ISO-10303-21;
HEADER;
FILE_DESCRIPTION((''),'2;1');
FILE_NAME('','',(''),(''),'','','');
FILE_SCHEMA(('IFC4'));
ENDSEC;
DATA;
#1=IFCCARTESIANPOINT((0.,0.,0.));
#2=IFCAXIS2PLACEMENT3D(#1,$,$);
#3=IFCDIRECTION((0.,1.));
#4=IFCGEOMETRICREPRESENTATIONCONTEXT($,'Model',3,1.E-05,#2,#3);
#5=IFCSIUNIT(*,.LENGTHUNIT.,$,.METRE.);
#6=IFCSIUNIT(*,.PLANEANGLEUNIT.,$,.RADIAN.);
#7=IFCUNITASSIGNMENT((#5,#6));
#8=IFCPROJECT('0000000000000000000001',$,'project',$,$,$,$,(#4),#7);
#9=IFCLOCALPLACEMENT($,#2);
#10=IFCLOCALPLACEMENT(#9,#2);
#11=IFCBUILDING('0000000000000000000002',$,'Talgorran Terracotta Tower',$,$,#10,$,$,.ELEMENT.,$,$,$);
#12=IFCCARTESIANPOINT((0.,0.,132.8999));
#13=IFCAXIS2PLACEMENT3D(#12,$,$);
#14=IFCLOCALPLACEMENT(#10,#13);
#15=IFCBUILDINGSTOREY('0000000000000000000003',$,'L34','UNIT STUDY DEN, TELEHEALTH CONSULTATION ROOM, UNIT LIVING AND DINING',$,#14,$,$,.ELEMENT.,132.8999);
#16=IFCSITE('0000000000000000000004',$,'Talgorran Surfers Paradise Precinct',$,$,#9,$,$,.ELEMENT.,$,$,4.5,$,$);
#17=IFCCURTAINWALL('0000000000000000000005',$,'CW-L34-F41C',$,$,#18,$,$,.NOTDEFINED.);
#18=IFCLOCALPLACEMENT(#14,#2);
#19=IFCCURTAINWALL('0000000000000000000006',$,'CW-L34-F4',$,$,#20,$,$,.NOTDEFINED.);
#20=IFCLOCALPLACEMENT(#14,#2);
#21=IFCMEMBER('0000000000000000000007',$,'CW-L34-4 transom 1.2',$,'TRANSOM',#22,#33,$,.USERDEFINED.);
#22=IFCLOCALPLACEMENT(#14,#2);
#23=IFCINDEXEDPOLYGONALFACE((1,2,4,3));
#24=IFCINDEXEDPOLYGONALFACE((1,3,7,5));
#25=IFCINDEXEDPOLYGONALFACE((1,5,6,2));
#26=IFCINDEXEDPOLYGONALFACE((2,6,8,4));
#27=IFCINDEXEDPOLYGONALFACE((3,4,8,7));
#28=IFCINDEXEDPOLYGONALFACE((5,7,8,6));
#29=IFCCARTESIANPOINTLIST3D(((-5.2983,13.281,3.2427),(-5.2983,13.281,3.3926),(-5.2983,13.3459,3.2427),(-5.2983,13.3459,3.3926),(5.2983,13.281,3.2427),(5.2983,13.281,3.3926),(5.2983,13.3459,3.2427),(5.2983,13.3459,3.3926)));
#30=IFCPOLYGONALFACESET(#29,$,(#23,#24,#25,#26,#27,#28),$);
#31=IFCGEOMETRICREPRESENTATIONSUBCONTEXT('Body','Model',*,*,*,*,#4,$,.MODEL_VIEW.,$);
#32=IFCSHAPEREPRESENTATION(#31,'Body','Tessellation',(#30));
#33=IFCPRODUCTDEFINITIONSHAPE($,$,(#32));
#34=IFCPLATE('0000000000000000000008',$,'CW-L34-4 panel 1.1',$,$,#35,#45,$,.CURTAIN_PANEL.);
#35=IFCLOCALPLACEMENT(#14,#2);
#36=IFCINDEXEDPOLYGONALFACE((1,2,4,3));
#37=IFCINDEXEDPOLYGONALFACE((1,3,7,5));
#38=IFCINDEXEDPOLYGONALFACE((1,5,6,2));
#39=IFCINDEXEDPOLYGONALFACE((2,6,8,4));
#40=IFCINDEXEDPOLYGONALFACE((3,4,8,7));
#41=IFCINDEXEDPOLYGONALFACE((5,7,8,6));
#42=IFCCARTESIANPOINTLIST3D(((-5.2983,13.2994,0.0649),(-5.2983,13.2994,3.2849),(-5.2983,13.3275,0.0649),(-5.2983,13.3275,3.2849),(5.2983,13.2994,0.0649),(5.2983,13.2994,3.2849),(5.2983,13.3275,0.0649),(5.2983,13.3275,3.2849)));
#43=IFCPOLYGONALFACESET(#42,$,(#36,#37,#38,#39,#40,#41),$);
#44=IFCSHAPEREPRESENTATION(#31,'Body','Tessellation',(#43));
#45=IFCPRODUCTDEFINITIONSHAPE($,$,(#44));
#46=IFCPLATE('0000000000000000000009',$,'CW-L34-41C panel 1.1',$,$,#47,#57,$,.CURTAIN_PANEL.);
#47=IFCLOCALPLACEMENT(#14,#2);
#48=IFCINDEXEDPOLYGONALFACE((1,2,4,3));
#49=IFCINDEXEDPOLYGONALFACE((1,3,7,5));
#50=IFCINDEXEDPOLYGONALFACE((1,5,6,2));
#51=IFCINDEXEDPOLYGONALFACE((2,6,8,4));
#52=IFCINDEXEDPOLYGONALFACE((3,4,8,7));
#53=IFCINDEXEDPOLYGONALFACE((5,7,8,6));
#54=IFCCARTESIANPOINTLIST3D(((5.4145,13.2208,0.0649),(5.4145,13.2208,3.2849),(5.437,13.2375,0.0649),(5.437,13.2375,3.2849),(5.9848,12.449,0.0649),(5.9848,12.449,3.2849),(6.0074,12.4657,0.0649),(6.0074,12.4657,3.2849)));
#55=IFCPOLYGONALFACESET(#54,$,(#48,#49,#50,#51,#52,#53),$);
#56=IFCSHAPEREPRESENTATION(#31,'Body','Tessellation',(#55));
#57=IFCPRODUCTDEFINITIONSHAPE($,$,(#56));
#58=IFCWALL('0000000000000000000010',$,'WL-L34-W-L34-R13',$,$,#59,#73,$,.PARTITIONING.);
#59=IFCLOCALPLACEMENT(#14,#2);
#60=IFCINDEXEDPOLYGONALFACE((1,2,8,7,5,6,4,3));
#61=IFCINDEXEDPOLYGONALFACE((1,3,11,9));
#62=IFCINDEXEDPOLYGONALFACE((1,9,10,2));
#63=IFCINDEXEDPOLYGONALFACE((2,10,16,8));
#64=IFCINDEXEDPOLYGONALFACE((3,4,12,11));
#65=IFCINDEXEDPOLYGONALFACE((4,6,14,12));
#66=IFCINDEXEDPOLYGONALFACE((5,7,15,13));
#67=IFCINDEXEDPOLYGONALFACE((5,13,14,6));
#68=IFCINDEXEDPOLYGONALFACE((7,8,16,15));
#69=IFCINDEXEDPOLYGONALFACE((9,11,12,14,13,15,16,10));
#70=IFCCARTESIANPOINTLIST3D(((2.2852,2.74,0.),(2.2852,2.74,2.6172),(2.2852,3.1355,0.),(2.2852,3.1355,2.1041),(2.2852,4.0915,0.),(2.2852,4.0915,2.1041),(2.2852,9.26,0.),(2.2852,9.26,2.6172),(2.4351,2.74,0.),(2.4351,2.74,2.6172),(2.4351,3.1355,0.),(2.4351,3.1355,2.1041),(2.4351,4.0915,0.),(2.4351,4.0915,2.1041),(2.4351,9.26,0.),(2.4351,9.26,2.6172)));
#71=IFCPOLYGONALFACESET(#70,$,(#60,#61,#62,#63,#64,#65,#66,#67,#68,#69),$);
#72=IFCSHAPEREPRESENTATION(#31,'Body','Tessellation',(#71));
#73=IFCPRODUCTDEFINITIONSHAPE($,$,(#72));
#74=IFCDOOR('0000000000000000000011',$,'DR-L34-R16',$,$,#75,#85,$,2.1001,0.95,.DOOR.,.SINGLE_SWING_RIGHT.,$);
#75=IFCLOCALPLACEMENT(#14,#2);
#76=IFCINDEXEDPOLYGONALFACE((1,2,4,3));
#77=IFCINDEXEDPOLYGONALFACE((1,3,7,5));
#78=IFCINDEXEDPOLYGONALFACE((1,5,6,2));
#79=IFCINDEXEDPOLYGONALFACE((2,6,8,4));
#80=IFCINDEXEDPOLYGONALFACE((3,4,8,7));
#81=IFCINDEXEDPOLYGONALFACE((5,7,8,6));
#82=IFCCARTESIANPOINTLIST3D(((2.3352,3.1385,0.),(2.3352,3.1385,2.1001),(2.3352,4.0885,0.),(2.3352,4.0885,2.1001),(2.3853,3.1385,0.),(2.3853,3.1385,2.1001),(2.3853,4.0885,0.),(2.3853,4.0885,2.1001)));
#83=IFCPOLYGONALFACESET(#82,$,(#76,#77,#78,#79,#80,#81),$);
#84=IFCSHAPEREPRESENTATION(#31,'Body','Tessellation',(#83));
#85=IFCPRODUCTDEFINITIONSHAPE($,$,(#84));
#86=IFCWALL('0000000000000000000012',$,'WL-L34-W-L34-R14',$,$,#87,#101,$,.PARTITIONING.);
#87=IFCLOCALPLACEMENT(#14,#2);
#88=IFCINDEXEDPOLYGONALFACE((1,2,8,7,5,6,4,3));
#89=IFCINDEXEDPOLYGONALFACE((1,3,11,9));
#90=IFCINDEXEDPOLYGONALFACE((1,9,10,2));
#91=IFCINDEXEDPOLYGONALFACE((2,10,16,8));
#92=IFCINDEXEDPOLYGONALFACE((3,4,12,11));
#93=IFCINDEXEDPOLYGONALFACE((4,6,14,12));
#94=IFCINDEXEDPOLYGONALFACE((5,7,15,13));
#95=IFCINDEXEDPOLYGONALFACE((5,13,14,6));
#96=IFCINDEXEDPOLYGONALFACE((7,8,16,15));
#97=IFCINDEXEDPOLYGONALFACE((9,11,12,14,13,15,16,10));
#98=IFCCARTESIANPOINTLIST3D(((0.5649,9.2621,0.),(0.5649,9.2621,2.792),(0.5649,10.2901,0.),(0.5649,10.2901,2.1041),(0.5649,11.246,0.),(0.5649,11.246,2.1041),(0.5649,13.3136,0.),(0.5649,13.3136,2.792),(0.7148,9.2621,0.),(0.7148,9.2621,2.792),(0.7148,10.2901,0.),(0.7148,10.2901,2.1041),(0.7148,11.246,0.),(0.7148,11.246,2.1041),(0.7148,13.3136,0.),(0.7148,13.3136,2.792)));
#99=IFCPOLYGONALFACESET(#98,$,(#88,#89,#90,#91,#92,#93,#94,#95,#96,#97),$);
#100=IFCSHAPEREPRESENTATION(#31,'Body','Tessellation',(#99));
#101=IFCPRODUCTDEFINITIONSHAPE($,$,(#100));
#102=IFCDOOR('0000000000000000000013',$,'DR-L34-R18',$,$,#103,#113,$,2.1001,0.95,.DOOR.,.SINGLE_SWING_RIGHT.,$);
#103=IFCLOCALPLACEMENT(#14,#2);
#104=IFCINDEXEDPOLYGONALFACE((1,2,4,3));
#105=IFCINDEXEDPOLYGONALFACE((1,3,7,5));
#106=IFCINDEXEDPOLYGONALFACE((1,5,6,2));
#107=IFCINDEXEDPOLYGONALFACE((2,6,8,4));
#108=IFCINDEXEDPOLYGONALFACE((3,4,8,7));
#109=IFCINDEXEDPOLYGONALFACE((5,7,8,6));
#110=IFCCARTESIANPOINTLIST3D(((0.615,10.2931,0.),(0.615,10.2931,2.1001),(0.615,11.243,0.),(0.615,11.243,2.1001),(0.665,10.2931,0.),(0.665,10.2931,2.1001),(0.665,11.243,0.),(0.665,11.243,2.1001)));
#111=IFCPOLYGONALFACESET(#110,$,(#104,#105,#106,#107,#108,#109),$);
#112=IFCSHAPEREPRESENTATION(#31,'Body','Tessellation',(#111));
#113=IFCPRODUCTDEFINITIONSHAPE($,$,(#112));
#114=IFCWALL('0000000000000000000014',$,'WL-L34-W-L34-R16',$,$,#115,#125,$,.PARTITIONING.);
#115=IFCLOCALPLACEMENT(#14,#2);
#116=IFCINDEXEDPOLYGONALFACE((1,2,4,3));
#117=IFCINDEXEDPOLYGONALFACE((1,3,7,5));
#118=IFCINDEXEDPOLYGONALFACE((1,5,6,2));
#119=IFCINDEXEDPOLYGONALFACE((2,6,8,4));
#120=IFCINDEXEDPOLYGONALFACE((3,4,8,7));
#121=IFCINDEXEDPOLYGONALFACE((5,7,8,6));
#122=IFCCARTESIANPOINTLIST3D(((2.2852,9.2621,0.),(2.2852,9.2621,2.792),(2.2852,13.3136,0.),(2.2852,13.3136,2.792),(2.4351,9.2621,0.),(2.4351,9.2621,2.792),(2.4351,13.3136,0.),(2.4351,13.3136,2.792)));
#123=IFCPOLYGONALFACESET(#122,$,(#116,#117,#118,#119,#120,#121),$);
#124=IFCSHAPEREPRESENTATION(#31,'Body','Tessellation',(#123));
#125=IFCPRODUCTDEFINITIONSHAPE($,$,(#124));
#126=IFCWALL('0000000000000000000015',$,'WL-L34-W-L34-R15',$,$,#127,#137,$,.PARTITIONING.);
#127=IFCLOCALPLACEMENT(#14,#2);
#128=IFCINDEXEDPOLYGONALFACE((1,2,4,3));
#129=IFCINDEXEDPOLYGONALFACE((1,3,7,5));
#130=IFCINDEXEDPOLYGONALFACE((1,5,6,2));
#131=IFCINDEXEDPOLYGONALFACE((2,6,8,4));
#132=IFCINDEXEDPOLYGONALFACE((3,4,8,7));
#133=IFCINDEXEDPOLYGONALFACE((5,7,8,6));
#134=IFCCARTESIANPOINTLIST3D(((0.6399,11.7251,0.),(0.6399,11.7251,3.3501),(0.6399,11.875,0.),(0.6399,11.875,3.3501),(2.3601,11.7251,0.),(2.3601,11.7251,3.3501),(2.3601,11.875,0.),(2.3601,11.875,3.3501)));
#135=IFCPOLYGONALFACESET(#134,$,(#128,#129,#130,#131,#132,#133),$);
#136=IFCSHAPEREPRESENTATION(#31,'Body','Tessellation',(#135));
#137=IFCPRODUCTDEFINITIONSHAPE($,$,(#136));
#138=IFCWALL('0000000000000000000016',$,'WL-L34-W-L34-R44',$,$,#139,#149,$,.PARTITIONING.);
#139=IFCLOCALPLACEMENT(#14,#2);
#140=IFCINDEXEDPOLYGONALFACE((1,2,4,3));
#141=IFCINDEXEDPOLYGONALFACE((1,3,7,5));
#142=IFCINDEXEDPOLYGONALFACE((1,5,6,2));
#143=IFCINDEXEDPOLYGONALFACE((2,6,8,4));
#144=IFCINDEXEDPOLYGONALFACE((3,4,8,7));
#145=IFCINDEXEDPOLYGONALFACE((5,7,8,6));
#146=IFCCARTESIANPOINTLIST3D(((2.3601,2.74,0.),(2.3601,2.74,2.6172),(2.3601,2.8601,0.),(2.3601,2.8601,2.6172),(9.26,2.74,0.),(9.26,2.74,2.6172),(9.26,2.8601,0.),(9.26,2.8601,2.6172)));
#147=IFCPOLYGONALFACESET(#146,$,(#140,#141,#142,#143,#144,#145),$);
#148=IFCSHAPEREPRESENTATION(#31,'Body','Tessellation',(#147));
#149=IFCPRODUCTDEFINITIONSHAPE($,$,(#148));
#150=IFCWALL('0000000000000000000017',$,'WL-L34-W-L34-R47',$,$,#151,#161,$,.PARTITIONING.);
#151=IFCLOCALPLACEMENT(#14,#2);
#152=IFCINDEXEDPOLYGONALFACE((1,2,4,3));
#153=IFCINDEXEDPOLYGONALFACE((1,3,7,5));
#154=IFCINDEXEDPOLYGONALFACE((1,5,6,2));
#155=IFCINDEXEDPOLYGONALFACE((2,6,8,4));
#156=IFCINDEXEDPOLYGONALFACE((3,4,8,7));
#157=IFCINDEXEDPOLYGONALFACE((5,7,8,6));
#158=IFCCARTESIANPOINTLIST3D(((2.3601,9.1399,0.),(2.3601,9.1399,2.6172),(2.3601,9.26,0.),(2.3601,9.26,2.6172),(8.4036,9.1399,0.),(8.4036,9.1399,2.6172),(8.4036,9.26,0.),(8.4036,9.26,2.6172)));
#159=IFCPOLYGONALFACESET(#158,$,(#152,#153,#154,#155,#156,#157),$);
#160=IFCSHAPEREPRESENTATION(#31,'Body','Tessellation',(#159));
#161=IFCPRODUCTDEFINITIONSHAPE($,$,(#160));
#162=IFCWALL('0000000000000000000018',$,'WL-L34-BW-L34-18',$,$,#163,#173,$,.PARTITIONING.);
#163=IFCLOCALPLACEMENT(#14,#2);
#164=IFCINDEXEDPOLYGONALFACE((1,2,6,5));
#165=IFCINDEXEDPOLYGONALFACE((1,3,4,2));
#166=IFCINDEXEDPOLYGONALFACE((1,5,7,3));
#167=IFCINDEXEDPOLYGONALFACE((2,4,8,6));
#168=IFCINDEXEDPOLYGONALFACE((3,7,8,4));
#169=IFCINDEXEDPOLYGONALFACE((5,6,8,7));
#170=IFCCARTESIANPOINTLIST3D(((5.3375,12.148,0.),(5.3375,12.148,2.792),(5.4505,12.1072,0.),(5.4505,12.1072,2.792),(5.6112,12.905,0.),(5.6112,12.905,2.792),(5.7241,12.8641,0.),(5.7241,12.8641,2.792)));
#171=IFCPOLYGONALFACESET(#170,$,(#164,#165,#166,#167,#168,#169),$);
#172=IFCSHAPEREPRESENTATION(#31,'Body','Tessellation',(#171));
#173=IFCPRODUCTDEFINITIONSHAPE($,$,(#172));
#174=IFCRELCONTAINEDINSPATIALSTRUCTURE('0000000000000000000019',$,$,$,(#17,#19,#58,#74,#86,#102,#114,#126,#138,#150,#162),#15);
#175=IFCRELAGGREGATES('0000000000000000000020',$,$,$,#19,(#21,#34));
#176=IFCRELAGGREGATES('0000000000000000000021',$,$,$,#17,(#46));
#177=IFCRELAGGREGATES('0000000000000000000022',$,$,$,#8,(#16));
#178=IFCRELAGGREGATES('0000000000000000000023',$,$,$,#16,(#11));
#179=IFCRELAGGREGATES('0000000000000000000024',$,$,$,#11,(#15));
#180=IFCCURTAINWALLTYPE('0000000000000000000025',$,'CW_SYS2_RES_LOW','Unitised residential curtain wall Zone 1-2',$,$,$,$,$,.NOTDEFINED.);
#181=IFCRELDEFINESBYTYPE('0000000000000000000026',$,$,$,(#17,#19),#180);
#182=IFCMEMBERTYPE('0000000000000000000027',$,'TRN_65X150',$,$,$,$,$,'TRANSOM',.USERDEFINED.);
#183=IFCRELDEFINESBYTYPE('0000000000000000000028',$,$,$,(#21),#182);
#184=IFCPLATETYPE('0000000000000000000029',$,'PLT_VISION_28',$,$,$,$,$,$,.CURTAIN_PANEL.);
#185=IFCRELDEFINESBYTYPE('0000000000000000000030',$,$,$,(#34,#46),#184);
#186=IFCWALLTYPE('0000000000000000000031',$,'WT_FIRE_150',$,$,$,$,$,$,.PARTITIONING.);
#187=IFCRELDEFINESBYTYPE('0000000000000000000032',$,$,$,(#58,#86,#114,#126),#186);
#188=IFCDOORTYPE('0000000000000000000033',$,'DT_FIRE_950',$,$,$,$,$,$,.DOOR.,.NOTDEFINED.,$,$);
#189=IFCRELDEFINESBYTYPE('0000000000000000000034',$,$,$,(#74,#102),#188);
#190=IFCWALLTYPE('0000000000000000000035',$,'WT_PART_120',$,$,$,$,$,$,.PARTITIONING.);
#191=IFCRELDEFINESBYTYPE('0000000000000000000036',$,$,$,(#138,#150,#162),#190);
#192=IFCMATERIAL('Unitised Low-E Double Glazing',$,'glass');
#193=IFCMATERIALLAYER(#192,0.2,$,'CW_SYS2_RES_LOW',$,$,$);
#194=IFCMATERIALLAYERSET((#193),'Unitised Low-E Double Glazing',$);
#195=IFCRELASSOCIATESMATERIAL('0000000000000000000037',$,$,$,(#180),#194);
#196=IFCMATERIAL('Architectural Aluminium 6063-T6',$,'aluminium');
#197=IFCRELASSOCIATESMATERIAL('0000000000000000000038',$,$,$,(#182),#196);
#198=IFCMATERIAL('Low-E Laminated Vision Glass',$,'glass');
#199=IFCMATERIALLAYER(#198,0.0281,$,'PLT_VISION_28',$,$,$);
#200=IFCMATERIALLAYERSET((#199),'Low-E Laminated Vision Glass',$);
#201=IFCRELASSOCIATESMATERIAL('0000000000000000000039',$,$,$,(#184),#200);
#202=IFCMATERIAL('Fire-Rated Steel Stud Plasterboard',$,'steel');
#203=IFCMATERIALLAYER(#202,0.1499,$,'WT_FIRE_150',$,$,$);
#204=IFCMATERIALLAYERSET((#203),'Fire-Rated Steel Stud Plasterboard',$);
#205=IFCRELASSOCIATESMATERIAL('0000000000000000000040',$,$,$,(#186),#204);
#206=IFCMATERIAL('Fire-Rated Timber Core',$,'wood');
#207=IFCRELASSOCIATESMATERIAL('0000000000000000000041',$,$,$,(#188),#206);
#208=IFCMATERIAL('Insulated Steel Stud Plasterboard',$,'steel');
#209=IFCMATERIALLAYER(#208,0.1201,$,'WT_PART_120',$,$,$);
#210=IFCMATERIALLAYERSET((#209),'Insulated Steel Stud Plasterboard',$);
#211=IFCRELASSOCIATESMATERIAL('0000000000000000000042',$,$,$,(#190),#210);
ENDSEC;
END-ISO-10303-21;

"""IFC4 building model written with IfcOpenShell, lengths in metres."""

from ifc_helpers import new_model, si_unit, direction, frame, frame_2d, origin, origin_2d, place, context, subcontext, project, spatial, rectangle, extrude, source, transform, mapped, material, layer, layer_set, material_profile, profile_set, type_object, type_shapes, element, fill, aggregate, save


model = new_model("IFC4")

# Units and contexts
model_context = context("Model", 3, precision=1e-05, world=origin(), true_north=direction((0.0, 1.0)))
body_context = subcontext(model_context, "Body", "Model", "MODEL_VIEW")
ifc_project = project(units=[si_unit("LENGTHUNIT", "METRE"), si_unit("PLANEANGLEUNIT", "RADIAN")], contexts=[model_context])

# Site, building, storey
site_placement = place(None, origin())
site = spatial("IfcSite", under=ifc_project, at=site_placement, Name="Talgorran Surfers Paradise Precinct", CompositionType="ELEMENT", RefElevation=4.5)
building_placement = place(site_placement, origin())
building = spatial("IfcBuilding", under=site, at=building_placement, Name="Talgorran Terracotta Tower", CompositionType="ELEMENT")
storey_placement = place(building_placement, frame((0.0, 0.0, 132.8999)))
storey = spatial("IfcBuildingStorey", under=building, at=storey_placement, Name="L34", Description="UNIT STUDY DEN, TELEHEALTH CONSULTATION ROOM, UNIT LIVING AND DINING", CompositionType="ELEMENT", Elevation=132.8999)

# Curtain walls
ifc_material_1 = material(Name="Unitised Low-E Double Glazing", Category="glass")
ifc_layer_1 = layer(ifc_material_1, 0.2, Name="CW_SYS2_RES_LOW")
ifc_layer_set_1 = layer_set([ifc_layer_1], Name="Unitised Low-E Double Glazing")
curtain_wall_type = type_object("IfcCurtainWallType", Name="CW_SYS2_RES_LOW", Description="Unitised residential curtain wall Zone 1-2", PredefinedType="NOTDEFINED", material=ifc_layer_set_1)
curtain_wall_1_placement = place(storey_placement, origin())
curtain_wall_1 = element("IfcCurtainWall", 1, at=curtain_wall_1_placement, inside=storey, type_object=curtain_wall_type, Name="CW-L34-F41C", PredefinedType="NOTDEFINED")
ifc_material_2 = material(Name="Architectural Aluminium 6063-T6", Category="aluminium")
curtain_wall_2_placement = place(storey_placement, origin())
curtain_wall_2 = element("IfcCurtainWall", 2, at=curtain_wall_2_placement, inside=storey, type_object=curtain_wall_type, Name="CW-L34-F4", PredefinedType="NOTDEFINED")

# Member
ifc_material_profile_1 = material_profile(ifc_material_2, rectangle(XDim=0.0649, YDim=0.1499, at=origin_2d()), Name="CWT65X150")
ifc_profile_set_1 = profile_set([ifc_material_profile_1], Name="Architectural Aluminium 6063-T6")
member_type_1 = type_object("IfcMemberType", Name="TRN_65X150", ElementType="TRANSOM", PredefinedType="USERDEFINED", material=ifc_profile_set_1)
member_1_placement = place(storey_placement, frame((5.2983, 13.3135, 3.3176), z_axis=(-1.0, 0.0, 0.0), x_axis=(0.0, -1.0, 0.0)))
member_1 = element("IfcMember", 3, at=member_1_placement, type_object=member_type_1, Name="CW-L34-4 transom 1.2", ObjectType="TRANSOM", PredefinedType="USERDEFINED", context=body_context, shape_type="SweptSolid", body=[
    extrude(rectangle(XDim=0.0649, YDim=0.1499, at=origin_2d()), origin(), (0.0, 0.0, 1.0), 10.5967),
])

# Plates
ifc_material_3 = material(Name="Low-E Laminated Vision Glass", Category="glass")
ifc_layer_2 = layer(ifc_material_3, 0.0281, Name="PLT_VISION_28")
ifc_layer_set_2 = layer_set([ifc_layer_2], Name="Low-E Laminated Vision Glass")
plate_type = type_object("IfcPlateType", Name="PLT_VISION_28", PredefinedType="CURTAIN_PANEL", material=ifc_layer_set_2)
shared_shape_1 = source(origin(), body_context, "Body", "SweptSolid", [
    extrude(rectangle(XDim=10.5967, YDim=0.0281, at=origin_2d()), origin(), (0.0, 0.0, 1.0), 3.22),
])
plate_1_placement = place(storey_placement, frame((0.0, 13.3135, 0.0649), z_axis=(0.0, 0.0, 1.0), x_axis=(-1.0, 0.0, 0.0)))
plate_1 = element("IfcPlate", 4, at=plate_1_placement, type_object=plate_type, Name="CW-L34-4 panel 1.1", PredefinedType="CURTAIN_PANEL", context=body_context, shape_type="MappedRepresentation", body=[
    mapped(shared_shape_1, transform((0.0, 0.0, 0.0), scale=1.0)),
])
aggregate(curtain_wall_2, [member_1, plate_1])
shared_shape_2 = source(origin(), body_context, "Body", "SweptSolid", [
    extrude(rectangle(XDim=0.9597, YDim=0.0281, at=origin_2d()), origin(), (0.0, 0.0, 1.0), 3.22),
])
type_shapes(plate_type, [shared_shape_1, shared_shape_2])
plate_2_placement = place(storey_placement, frame((5.7109, 12.8433, 0.0649), z_axis=(0.0, 0.0, 1.0), x_axis=(-0.594332, 0.80422, 0.0)))
plate_2 = element("IfcPlate", 5, at=plate_2_placement, type_object=plate_type, Name="CW-L34-41C panel 1.1", PredefinedType="CURTAIN_PANEL", context=body_context, shape_type="MappedRepresentation", body=[
    mapped(shared_shape_2, transform((0.0, 0.0, 0.0), scale=1.0)),
])
aggregate(curtain_wall_1, [plate_2])

# Walls, openings, doors
ifc_material_4 = material(Name="Fire-Rated Steel Stud Plasterboard", Category="steel")
ifc_layer_3 = layer(ifc_material_4, 0.1499, Name="WT_FIRE_150")
ifc_layer_set_3 = layer_set([ifc_layer_3], Name="Fire-Rated Steel Stud Plasterboard")
wall_type_1 = type_object("IfcWallType", Name="WT_FIRE_150", PredefinedType="PARTITIONING", material=ifc_layer_set_3)
wall_1_placement = place(storey_placement, frame((2.3601, 2.74, 0.0), z_axis=(0.0, 0.0, 1.0), x_axis=(0.0, 1.0, 0.0)))
wall_1 = element("IfcWall", 6, at=wall_1_placement, inside=storey, type_object=wall_type_1, Name="WL-L34-W-L34-R13", PredefinedType="PARTITIONING", context=body_context, shape_type="SweptSolid", body=[
    extrude(rectangle(XDim=6.52, YDim=0.1499, at=frame_2d((3.26, 0.0))), origin(), (0.0, 0.0, 1.0), 2.6172),
])
opening_1_placement = place(wall_1_placement, frame((0.3984, 0.0, 0.0)))
opening_1 = element("IfcOpeningElement", 7, at=opening_1_placement, cuts=wall_1, PredefinedType="OPENING", context=body_context, shape_type="SweptSolid", body=[
    extrude(rectangle(XDim=0.956, YDim=2.1041, at=frame_2d((0.4751, 1.052))), frame((0.0, 0.085, 0.0), z_axis=(0.0, -1.0, 0.0), x_axis=(1.0, 0.0, 0.0)), (0.0, 0.0, 1.0), 0.1699),
])
ifc_material_5 = material(Name="Fire-Rated Timber Core", Category="wood")
door_type = type_object("IfcDoorType", Name="DT_FIRE_950", OperationType="NOTDEFINED", PredefinedType="DOOR", material=ifc_material_5)
door_1_placement = place(opening_1_placement, origin())
door_1 = element("IfcDoor", 8, at=door_1_placement, inside=storey, type_object=door_type, Name="DR-L34-R16", OperationType="SINGLE_SWING_RIGHT", OverallHeight=2.1001, OverallWidth=0.95, PredefinedType="DOOR", context=body_context, shape_type="SweptSolid", body=[
    extrude(rectangle(XDim=0.95, YDim=2.1001, at=frame_2d((0.4751, 1.05))), frame((0.0, 0.0249, 0.0), z_axis=(0.0, -1.0, 0.0), x_axis=(1.0, 0.0, 0.0)), (0.0, 0.0, 1.0), 0.05),
])
fill(opening_1, door_1)
wall_2_placement = place(storey_placement, frame((0.6399, 9.262, 0.0), z_axis=(0.0, 0.0, 1.0), x_axis=(0.0, 1.0, 0.0)))
wall_2 = element("IfcWall", 9, at=wall_2_placement, inside=storey, type_object=wall_type_1, Name="WL-L34-W-L34-R14", PredefinedType="PARTITIONING", context=body_context, shape_type="SweptSolid", body=[
    extrude(rectangle(XDim=4.0515, YDim=0.1499, at=frame_2d((2.0259, 0.0))), origin(), (0.0, 0.0, 1.0), 2.792),
])
opening_2_placement = place(wall_2_placement, frame((1.031, 0.0, 0.0)))
opening_2 = element("IfcOpeningElement", 10, at=opening_2_placement, cuts=wall_2, PredefinedType="OPENING", context=body_context, shape_type="SweptSolid", body=[
    extrude(rectangle(XDim=0.956, YDim=2.1041, at=frame_2d((0.4751, 1.052))), frame((0.0, 0.085, 0.0), z_axis=(0.0, -1.0, 0.0), x_axis=(1.0, 0.0, 0.0)), (0.0, 0.0, 1.0), 0.1699),
])
door_2_placement = place(opening_2_placement, origin())
door_2 = element("IfcDoor", 11, at=door_2_placement, inside=storey, type_object=door_type, Name="DR-L34-R18", OperationType="SINGLE_SWING_RIGHT", OverallHeight=2.1001, OverallWidth=0.95, PredefinedType="DOOR", context=body_context, shape_type="SweptSolid", body=[
    extrude(rectangle(XDim=0.95, YDim=2.1001, at=frame_2d((0.4751, 1.05))), frame((0.0, 0.0249, 0.0), z_axis=(0.0, -1.0, 0.0), x_axis=(1.0, 0.0, 0.0)), (0.0, 0.0, 1.0), 0.05),
])
fill(opening_2, door_2)

# Walls
wall_3_placement = place(storey_placement, frame((2.3601, 9.262, 0.0), z_axis=(0.0, 0.0, 1.0), x_axis=(0.0, 1.0, 0.0)))
element("IfcWall", 12, at=wall_3_placement, inside=storey, type_object=wall_type_1, Name="WL-L34-W-L34-R16", PredefinedType="PARTITIONING", context=body_context, shape_type="SweptSolid", body=[
    extrude(rectangle(XDim=4.0515, YDim=0.1499, at=frame_2d((2.0259, 0.0))), origin(), (0.0, 0.0, 1.0), 2.792),
])
wall_4_placement = place(storey_placement, frame((0.6399, 11.8, 0.0), z_axis=(0.0, 0.0, 1.0), x_axis=(1.0, 0.0, 0.0)))
element("IfcWall", 13, at=wall_4_placement, inside=storey, type_object=wall_type_1, Name="WL-L34-W-L34-R15", PredefinedType="PARTITIONING", context=body_context, shape_type="SweptSolid", body=[
    extrude(rectangle(XDim=1.7202, YDim=0.1499, at=frame_2d((0.8601, 0.0))), origin(), (0.0, 0.0, 1.0), 3.3501),
])
ifc_material_6 = material(Name="Insulated Steel Stud Plasterboard", Category="steel")
ifc_layer_4 = layer(ifc_material_6, 0.1201, Name="WT_PART_120")
ifc_layer_set_4 = layer_set([ifc_layer_4], Name="Insulated Steel Stud Plasterboard")
wall_type_2 = type_object("IfcWallType", Name="WT_PART_120", PredefinedType="PARTITIONING", material=ifc_layer_set_4)
wall_5_placement = place(storey_placement, frame((2.3601, 2.8, 0.0), z_axis=(0.0, 0.0, 1.0), x_axis=(1.0, 0.0, 0.0)))
element("IfcWall", 14, at=wall_5_placement, inside=storey, type_object=wall_type_2, Name="WL-L34-W-L34-R44", PredefinedType="PARTITIONING", context=body_context, shape_type="SweptSolid", body=[
    extrude(rectangle(XDim=6.8999, YDim=0.1201, at=frame_2d((3.45, 0.0))), origin(), (0.0, 0.0, 1.0), 2.6172),
])
wall_6_placement = place(storey_placement, frame((2.3601, 9.2, 0.0), z_axis=(0.0, 0.0, 1.0), x_axis=(1.0, 0.0, 0.0)))
element("IfcWall", 15, at=wall_6_placement, inside=storey, type_object=wall_type_2, Name="WL-L34-W-L34-R47", PredefinedType="PARTITIONING", context=body_context, shape_type="SweptSolid", body=[
    extrude(rectangle(XDim=6.0435, YDim=0.1201, at=frame_2d((3.0217, 0.0))), origin(), (0.0, 0.0, 1.0), 2.6172),
])
wall_7_placement = place(storey_placement, frame((5.394, 12.1277, 0.0), z_axis=(0.0, 0.0, 1.0), x_axis=(0.339965, 0.940438, 0.0)))
element("IfcWall", 16, at=wall_7_placement, inside=storey, type_object=wall_type_2, Name="WL-L34-BW-L34-18", PredefinedType="PARTITIONING", context=body_context, shape_type="SweptSolid", body=[
    extrude(rectangle(XDim=0.8049, YDim=0.1201, at=frame_2d((0.4023, 0.0))), origin(), (0.0, 0.0, 1.0), 2.792),
])

save(model, "model.ifc")
